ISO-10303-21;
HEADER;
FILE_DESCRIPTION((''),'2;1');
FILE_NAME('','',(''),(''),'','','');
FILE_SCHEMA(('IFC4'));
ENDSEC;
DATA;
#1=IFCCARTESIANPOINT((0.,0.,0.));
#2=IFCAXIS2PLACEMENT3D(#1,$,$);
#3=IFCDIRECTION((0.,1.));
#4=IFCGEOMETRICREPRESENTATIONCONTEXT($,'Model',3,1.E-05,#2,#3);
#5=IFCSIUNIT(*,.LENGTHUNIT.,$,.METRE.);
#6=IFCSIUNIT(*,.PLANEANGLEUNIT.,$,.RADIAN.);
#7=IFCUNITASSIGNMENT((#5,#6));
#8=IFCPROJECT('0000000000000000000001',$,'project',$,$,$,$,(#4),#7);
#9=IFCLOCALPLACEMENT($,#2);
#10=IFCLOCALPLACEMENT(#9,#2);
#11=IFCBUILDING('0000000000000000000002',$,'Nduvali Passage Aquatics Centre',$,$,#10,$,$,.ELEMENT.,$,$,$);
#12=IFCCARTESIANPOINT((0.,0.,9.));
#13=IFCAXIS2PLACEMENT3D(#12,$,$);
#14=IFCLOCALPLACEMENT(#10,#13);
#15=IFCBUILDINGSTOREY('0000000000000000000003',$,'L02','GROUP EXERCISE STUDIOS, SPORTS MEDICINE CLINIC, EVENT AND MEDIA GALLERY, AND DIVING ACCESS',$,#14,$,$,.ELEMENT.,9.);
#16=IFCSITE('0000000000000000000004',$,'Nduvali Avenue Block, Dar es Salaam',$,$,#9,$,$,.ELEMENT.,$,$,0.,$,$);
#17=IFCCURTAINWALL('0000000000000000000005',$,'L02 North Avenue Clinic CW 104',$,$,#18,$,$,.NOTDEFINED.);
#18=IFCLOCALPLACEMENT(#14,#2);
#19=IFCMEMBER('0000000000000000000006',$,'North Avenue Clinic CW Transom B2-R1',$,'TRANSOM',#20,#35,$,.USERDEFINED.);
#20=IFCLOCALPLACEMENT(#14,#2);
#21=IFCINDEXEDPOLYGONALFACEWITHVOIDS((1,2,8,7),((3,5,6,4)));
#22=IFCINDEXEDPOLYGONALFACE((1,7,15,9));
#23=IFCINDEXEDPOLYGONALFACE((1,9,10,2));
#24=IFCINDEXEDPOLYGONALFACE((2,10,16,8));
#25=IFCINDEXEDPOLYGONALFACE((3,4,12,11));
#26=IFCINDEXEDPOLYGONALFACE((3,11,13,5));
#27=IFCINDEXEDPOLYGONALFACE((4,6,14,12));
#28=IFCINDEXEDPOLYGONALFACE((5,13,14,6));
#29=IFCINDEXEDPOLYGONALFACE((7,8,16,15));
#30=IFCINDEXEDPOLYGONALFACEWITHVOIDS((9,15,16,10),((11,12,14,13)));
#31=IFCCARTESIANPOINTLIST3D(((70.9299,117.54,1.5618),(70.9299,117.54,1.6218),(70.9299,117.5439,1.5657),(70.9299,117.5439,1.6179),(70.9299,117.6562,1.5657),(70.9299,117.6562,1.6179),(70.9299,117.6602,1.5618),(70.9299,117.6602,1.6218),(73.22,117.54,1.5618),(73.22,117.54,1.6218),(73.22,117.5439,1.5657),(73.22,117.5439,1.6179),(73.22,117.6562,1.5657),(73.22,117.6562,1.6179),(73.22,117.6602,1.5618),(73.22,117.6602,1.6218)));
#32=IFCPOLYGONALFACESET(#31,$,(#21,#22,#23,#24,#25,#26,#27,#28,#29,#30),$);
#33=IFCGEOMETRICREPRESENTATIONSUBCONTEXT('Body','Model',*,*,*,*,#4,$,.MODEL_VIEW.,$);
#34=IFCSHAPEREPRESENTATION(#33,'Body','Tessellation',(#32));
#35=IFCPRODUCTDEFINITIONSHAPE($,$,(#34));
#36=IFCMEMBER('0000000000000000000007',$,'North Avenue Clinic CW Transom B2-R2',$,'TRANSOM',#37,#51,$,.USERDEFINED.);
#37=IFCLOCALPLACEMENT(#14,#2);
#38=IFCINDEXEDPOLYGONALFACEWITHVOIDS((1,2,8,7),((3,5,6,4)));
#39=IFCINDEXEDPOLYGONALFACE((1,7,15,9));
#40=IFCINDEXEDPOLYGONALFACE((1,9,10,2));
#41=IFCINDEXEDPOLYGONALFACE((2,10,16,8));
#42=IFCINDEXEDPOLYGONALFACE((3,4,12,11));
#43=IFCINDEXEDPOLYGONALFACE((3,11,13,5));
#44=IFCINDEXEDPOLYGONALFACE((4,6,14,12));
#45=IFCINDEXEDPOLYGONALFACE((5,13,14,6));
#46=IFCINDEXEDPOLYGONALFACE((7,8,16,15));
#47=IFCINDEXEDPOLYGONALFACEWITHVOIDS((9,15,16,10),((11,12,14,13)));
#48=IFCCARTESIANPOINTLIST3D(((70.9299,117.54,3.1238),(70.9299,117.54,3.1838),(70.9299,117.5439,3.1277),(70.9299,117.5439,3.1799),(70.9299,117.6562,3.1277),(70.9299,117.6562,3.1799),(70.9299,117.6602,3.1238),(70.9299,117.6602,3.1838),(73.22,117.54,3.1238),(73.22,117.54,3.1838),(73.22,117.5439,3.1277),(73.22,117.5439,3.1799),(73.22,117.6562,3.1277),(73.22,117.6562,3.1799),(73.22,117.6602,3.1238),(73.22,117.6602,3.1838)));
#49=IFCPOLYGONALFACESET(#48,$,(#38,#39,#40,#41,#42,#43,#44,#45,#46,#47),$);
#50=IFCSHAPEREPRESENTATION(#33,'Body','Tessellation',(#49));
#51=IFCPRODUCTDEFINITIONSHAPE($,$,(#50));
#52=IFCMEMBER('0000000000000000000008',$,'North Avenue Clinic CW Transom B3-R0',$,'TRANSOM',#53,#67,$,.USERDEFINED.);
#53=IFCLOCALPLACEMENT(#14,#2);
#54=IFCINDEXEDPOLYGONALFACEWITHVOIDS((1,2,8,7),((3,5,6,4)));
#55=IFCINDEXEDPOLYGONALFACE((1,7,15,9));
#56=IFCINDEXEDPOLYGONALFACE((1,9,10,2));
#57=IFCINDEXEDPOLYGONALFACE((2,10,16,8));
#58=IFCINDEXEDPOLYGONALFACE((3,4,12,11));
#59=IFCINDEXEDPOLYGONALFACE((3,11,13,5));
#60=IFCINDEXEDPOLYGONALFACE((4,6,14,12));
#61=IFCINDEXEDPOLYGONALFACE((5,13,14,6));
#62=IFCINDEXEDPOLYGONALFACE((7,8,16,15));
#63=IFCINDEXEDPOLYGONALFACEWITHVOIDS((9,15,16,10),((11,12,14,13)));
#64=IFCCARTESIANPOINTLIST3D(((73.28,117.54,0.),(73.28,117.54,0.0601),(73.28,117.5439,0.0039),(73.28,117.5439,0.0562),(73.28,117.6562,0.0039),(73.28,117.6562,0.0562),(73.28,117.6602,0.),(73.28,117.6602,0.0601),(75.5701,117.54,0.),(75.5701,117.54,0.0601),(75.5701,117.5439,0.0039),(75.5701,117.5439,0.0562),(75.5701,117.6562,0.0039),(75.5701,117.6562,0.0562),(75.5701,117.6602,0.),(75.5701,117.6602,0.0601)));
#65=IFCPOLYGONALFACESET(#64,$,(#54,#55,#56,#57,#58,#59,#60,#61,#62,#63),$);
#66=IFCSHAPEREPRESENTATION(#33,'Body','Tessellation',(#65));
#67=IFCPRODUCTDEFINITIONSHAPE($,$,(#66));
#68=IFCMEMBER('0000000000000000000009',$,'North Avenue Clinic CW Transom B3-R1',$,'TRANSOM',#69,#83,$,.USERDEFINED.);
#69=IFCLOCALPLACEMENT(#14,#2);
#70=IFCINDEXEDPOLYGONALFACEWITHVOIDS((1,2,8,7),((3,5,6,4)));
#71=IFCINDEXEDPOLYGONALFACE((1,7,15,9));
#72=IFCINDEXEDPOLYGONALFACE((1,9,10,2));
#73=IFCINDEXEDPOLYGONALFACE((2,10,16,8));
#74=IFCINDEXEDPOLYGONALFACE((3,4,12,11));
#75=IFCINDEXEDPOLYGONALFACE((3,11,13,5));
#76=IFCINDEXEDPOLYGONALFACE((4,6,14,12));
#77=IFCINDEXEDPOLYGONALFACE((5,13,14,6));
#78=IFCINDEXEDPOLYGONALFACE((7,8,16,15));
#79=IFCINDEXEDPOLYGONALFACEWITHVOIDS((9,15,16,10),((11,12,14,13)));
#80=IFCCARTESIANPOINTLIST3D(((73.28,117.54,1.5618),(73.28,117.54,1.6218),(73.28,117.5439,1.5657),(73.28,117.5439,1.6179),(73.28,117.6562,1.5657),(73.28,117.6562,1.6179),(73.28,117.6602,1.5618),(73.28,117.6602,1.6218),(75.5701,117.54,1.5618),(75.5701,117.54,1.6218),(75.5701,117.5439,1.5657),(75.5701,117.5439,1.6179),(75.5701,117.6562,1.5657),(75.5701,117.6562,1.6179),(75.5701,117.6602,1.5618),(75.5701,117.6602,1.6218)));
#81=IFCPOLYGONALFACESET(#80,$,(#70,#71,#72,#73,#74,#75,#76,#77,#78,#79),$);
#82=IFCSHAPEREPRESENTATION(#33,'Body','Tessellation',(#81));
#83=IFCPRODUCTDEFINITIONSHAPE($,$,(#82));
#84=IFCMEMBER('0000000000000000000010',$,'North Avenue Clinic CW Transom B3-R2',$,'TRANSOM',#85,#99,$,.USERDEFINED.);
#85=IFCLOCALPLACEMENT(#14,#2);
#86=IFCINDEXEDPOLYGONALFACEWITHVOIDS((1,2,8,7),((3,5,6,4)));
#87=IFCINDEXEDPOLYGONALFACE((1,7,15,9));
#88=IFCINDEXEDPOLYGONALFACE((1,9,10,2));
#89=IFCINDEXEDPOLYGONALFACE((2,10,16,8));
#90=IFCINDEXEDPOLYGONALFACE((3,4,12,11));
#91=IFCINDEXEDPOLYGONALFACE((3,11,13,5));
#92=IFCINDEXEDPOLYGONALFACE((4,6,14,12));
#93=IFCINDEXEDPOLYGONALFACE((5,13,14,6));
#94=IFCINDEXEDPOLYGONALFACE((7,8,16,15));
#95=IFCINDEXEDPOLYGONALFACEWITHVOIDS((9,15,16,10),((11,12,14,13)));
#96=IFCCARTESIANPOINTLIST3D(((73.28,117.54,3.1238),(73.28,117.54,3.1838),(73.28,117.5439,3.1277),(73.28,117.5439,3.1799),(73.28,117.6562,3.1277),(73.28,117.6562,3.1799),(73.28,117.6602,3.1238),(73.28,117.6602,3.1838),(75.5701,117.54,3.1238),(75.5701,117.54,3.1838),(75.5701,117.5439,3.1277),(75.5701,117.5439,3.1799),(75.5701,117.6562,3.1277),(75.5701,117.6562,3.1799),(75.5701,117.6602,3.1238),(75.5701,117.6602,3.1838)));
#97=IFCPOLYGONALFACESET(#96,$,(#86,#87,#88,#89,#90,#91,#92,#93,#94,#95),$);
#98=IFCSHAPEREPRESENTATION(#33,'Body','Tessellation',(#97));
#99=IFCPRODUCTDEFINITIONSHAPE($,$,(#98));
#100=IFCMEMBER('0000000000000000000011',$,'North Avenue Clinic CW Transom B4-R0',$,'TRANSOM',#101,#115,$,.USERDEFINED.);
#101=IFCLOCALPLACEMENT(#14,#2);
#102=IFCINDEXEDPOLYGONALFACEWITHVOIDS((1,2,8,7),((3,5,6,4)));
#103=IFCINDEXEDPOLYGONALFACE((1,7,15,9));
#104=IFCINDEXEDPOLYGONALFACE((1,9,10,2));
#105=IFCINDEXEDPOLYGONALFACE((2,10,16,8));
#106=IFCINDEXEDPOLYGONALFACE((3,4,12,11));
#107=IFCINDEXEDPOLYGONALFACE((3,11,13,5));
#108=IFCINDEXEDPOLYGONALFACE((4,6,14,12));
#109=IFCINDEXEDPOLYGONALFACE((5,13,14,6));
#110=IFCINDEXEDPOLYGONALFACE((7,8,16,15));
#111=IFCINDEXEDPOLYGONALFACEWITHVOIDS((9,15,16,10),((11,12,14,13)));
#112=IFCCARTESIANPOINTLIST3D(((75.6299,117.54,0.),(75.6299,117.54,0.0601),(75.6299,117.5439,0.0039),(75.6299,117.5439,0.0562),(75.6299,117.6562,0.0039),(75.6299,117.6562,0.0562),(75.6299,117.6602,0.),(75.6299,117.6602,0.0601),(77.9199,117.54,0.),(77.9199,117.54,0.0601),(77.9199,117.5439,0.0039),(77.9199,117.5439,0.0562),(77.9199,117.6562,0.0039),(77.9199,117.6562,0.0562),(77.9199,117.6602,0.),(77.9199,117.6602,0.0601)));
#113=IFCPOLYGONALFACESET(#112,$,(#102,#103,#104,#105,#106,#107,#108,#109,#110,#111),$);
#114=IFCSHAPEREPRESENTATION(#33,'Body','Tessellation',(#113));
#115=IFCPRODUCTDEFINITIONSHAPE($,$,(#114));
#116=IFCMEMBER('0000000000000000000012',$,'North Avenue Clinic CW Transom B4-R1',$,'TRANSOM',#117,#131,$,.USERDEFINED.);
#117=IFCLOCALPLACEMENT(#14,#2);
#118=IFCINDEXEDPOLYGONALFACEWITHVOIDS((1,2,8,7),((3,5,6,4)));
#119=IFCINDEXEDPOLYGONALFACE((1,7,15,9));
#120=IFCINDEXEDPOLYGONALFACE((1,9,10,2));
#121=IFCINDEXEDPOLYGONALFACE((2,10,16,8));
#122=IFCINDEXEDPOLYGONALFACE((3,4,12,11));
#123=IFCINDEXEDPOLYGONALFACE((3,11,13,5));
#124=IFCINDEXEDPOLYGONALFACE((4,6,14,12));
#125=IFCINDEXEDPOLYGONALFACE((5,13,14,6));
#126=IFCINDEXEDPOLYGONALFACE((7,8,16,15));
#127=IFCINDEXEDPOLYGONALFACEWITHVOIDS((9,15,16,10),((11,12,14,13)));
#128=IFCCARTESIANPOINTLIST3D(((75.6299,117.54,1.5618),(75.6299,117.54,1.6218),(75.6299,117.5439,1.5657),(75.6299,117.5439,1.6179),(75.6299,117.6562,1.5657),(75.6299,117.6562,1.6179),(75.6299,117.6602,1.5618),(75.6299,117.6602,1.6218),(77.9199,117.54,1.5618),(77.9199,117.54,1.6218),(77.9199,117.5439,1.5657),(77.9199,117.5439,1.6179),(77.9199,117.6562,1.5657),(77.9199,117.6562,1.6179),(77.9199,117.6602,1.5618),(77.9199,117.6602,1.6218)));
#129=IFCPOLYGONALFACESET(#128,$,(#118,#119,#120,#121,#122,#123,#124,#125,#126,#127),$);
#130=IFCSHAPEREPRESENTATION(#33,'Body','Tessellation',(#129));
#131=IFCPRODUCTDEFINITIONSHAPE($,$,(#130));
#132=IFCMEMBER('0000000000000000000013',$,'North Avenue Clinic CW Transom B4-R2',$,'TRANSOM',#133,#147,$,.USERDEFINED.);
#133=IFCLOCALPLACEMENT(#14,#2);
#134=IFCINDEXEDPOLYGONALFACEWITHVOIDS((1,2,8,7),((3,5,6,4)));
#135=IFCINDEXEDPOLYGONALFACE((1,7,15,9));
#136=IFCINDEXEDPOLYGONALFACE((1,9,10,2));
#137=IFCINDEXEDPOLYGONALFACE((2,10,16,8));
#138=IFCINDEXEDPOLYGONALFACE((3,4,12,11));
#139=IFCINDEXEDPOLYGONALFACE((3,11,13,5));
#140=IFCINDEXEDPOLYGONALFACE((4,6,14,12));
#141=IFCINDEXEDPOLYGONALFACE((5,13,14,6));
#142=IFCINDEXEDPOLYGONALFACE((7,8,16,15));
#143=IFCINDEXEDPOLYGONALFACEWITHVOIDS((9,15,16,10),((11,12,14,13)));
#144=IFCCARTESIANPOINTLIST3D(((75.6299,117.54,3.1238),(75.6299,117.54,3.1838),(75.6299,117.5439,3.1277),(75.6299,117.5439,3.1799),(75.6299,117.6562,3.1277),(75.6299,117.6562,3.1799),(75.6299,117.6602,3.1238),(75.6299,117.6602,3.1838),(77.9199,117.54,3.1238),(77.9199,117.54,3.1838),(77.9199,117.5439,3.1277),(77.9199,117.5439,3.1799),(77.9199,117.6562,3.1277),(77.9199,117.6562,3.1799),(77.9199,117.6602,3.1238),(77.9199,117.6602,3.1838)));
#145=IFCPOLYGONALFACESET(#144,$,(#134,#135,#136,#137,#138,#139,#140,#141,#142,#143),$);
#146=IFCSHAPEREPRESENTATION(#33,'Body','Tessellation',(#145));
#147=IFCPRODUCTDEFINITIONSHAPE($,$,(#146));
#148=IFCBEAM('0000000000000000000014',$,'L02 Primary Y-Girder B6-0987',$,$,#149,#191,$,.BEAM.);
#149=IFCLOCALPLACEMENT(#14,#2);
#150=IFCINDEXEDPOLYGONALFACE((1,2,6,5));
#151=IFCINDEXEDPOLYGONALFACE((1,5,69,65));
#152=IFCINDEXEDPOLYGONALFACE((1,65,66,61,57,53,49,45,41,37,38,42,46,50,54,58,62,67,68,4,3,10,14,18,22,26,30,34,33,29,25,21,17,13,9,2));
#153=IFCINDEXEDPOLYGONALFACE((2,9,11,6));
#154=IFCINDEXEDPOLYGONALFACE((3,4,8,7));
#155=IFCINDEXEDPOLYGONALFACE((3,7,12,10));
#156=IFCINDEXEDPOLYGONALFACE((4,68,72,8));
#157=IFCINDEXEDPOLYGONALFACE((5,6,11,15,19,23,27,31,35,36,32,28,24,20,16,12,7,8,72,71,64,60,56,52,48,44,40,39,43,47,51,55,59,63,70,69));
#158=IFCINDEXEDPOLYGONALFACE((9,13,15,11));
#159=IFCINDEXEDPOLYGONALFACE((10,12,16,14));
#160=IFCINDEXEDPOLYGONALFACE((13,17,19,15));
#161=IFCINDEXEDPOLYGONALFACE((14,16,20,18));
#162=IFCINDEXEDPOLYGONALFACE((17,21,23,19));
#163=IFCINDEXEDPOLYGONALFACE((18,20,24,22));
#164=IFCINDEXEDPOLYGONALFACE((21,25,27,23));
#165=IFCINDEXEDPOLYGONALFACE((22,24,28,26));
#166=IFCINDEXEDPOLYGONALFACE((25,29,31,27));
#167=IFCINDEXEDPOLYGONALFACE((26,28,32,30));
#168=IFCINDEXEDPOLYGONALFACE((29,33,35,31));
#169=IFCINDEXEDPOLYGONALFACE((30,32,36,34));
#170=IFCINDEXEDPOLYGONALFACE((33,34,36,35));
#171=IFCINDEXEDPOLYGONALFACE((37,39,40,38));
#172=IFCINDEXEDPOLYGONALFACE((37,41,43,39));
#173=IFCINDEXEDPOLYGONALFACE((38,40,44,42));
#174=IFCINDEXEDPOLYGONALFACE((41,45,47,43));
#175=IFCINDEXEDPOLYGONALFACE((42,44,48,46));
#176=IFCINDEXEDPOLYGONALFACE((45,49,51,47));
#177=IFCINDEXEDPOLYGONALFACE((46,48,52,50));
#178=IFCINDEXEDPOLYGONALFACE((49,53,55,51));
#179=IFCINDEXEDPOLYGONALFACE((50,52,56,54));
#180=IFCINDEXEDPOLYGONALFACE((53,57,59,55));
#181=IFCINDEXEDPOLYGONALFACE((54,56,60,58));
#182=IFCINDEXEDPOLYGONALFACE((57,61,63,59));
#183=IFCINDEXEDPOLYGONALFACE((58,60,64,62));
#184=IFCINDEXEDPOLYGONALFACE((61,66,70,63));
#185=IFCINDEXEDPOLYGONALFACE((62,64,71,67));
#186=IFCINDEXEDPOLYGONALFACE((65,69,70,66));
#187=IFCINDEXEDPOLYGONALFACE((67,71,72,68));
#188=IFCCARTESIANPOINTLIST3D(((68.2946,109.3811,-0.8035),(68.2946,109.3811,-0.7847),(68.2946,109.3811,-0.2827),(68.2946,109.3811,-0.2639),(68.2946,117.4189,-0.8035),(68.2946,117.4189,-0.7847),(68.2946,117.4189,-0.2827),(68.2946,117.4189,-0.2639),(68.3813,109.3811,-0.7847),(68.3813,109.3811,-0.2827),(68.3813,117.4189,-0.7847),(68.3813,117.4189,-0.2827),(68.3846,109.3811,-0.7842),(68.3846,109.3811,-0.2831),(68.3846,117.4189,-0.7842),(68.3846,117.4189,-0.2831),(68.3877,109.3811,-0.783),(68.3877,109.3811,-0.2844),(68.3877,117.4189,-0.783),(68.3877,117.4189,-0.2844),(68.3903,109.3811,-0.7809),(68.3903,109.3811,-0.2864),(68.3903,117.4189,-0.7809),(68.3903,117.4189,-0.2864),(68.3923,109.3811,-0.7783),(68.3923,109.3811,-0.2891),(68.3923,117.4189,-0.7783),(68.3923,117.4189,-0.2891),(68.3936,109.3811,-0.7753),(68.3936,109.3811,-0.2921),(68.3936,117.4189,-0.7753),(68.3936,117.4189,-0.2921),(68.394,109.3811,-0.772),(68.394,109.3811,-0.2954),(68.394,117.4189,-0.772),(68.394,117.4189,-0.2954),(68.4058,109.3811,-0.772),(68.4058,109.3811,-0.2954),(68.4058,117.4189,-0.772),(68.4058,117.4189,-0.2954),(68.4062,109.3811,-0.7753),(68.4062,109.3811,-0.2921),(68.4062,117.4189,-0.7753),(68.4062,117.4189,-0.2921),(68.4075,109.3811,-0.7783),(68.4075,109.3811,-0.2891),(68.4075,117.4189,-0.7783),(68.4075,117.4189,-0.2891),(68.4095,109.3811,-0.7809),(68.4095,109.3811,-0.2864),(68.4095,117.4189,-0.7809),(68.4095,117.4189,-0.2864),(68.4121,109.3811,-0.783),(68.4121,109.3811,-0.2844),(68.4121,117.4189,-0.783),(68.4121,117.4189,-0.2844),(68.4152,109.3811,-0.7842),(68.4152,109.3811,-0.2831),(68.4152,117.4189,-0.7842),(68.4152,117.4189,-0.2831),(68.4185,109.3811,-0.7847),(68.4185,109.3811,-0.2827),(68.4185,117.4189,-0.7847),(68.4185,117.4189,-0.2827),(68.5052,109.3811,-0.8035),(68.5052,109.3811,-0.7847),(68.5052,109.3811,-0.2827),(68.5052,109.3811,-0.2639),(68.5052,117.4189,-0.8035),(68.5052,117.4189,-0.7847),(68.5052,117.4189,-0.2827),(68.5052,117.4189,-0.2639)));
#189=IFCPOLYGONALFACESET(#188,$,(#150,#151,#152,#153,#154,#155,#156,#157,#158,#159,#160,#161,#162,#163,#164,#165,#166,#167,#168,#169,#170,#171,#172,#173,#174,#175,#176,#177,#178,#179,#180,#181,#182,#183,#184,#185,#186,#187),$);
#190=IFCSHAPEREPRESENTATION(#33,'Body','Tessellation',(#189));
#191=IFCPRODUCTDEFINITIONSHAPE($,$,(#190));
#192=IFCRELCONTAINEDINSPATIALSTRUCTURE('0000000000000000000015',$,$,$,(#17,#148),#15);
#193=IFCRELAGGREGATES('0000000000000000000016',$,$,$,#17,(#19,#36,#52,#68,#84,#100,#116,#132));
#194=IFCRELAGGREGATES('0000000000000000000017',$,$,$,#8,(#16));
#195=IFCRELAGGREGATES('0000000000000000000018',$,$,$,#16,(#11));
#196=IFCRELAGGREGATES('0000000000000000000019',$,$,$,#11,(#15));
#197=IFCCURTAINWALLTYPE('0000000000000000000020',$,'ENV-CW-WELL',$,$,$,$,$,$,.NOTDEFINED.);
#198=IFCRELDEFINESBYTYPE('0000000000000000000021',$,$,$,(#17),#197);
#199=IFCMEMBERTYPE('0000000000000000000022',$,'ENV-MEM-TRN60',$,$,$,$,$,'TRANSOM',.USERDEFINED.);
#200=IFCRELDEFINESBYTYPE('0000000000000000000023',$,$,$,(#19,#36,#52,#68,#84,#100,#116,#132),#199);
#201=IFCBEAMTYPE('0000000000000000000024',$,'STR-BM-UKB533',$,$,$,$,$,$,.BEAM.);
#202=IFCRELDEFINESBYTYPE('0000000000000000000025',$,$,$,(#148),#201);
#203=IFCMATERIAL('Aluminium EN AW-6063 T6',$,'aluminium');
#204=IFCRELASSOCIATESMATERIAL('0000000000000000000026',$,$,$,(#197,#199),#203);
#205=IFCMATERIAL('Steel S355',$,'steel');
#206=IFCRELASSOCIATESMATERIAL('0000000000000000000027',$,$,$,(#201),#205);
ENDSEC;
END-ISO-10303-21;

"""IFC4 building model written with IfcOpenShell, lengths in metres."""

from ifc_helpers import new_model, si_unit, direction, frame, origin, origin_2d, place, context, subcontext, project, spatial, hollow_rectangle, i_section, extrude, material, material_profile, profile_set, type_object, element, aggregate, save


model = new_model("IFC4")

# Units and contexts
model_context = context("Model", 3, precision=1e-05, world=origin(), true_north=direction((0.0, 1.0)))
body_context = subcontext(model_context, "Body", "Model", "MODEL_VIEW")
ifc_project = project(units=[si_unit("LENGTHUNIT", "METRE"), si_unit("PLANEANGLEUNIT", "RADIAN")], contexts=[model_context])

# Site, building, storey
site_placement = place(None, origin())
site = spatial("IfcSite", under=ifc_project, at=site_placement, Name="Nduvali Avenue Block, Dar es Salaam", CompositionType="ELEMENT", RefElevation=0.0)
building_placement = place(site_placement, origin())
building = spatial("IfcBuilding", under=site, at=building_placement, Name="Nduvali Passage Aquatics Centre", CompositionType="ELEMENT")
storey_placement = place(building_placement, frame((0.0, 0.0, 9.0)))
storey = spatial("IfcBuildingStorey", under=building, at=storey_placement, Name="L02", Description="GROUP EXERCISE STUDIOS, SPORTS MEDICINE CLINIC, EVENT AND MEDIA GALLERY, AND DIVING ACCESS", CompositionType="ELEMENT", Elevation=9.0)

# Shared definitions
ifc_material_1 = material(Name="Steel S355", Category="steel")

# Curtain wall, members
ifc_material_2 = material(Name="Aluminium EN AW-6063 T6", Category="aluminium")
curtain_wall_type = type_object("IfcCurtainWallType", Name="ENV-CW-WELL", PredefinedType="NOTDEFINED", material=ifc_material_2)
curtain_wall_placement = place(storey_placement, origin())
curtain_wall = element("IfcCurtainWall", 1, at=curtain_wall_placement, inside=storey, type_object=curtain_wall_type, Name="L02 North Avenue Clinic CW 104", PredefinedType="NOTDEFINED")
ifc_material_profile_1 = material_profile(ifc_material_2, hollow_rectangle(XDim=0.1201, YDim=0.0601, WallThickness=0.0039, at=origin_2d()), Name="ALU TRANSOM 120x60x4")
ifc_profile_set_1 = profile_set([ifc_material_profile_1], Name="Aluminium EN AW-6063 T6")
member_type_1 = type_object("IfcMemberType", Name="ENV-MEM-TRN60", ElementType="TRANSOM", PredefinedType="USERDEFINED", material=ifc_profile_set_1)
member_1_placement = place(storey_placement, frame((70.9299, 117.6001, 1.5918), z_axis=(1.0, 0.0, 0.0), x_axis=(0.0, 1.0, 0.0)))
member_1 = element("IfcMember", 2, at=member_1_placement, type_object=member_type_1, Name="North Avenue Clinic CW Transom B2-R1", ObjectType="TRANSOM", PredefinedType="USERDEFINED", context=body_context, shape_type="SweptSolid", body=[
    extrude(hollow_rectangle(XDim=0.1201, YDim=0.0601, WallThickness=0.0039, at=origin_2d()), origin(), (0.0, 0.0, 1.0), 2.29),
])
member_2_placement = place(storey_placement, frame((70.9299, 117.6001, 3.1538), z_axis=(1.0, 0.0, 0.0), x_axis=(0.0, 1.0, 0.0)))
member_2 = element("IfcMember", 3, at=member_2_placement, type_object=member_type_1, Name="North Avenue Clinic CW Transom B2-R2", ObjectType="TRANSOM", PredefinedType="USERDEFINED", context=body_context, shape_type="SweptSolid", body=[
    extrude(hollow_rectangle(XDim=0.1201, YDim=0.0601, WallThickness=0.0039, at=origin_2d()), origin(), (0.0, 0.0, 1.0), 2.29),
])
member_3_placement = place(storey_placement, frame((73.28, 117.6001, 0.03), z_axis=(1.0, 0.0, 0.0), x_axis=(0.0, 1.0, 0.0)))
member_3 = element("IfcMember", 4, at=member_3_placement, type_object=member_type_1, Name="North Avenue Clinic CW Transom B3-R0", ObjectType="TRANSOM", PredefinedType="USERDEFINED", context=body_context, shape_type="SweptSolid", body=[
    extrude(hollow_rectangle(XDim=0.1201, YDim=0.0601, WallThickness=0.0039, at=origin_2d()), origin(), (0.0, 0.0, 1.0), 2.29),
])
member_4_placement = place(storey_placement, frame((73.28, 117.6001, 1.5918), z_axis=(1.0, 0.0, 0.0), x_axis=(0.0, 1.0, 0.0)))
member_4 = element("IfcMember", 5, at=member_4_placement, type_object=member_type_1, Name="North Avenue Clinic CW Transom B3-R1", ObjectType="TRANSOM", PredefinedType="USERDEFINED", context=body_context, shape_type="SweptSolid", body=[
    extrude(hollow_rectangle(XDim=0.1201, YDim=0.0601, WallThickness=0.0039, at=origin_2d()), origin(), (0.0, 0.0, 1.0), 2.29),
])
member_5_placement = place(storey_placement, frame((73.28, 117.6001, 3.1538), z_axis=(1.0, 0.0, 0.0), x_axis=(0.0, 1.0, 0.0)))
member_5 = element("IfcMember", 6, at=member_5_placement, type_object=member_type_1, Name="North Avenue Clinic CW Transom B3-R2", ObjectType="TRANSOM", PredefinedType="USERDEFINED", context=body_context, shape_type="SweptSolid", body=[
    extrude(hollow_rectangle(XDim=0.1201, YDim=0.0601, WallThickness=0.0039, at=origin_2d()), origin(), (0.0, 0.0, 1.0), 2.29),
])
member_6_placement = place(storey_placement, frame((75.6299, 117.6001, 0.03), z_axis=(1.0, 0.0, 0.0), x_axis=(0.0, 1.0, 0.0)))
member_6 = element("IfcMember", 7, at=member_6_placement, type_object=member_type_1, Name="North Avenue Clinic CW Transom B4-R0", ObjectType="TRANSOM", PredefinedType="USERDEFINED", context=body_context, shape_type="SweptSolid", body=[
    extrude(hollow_rectangle(XDim=0.1201, YDim=0.0601, WallThickness=0.0039, at=origin_2d()), origin(), (0.0, 0.0, 1.0), 2.29),
])
member_7_placement = place(storey_placement, frame((75.6299, 117.6001, 1.5918), z_axis=(1.0, 0.0, 0.0), x_axis=(0.0, 1.0, 0.0)))
member_7 = element("IfcMember", 8, at=member_7_placement, type_object=member_type_1, Name="North Avenue Clinic CW Transom B4-R1", ObjectType="TRANSOM", PredefinedType="USERDEFINED", context=body_context, shape_type="SweptSolid", body=[
    extrude(hollow_rectangle(XDim=0.1201, YDim=0.0601, WallThickness=0.0039, at=origin_2d()), origin(), (0.0, 0.0, 1.0), 2.29),
])
member_8_placement = place(storey_placement, frame((75.6299, 117.6001, 3.1538), z_axis=(1.0, 0.0, 0.0), x_axis=(0.0, 1.0, 0.0)))
member_8 = element("IfcMember", 9, at=member_8_placement, type_object=member_type_1, Name="North Avenue Clinic CW Transom B4-R2", ObjectType="TRANSOM", PredefinedType="USERDEFINED", context=body_context, shape_type="SweptSolid", body=[
    extrude(hollow_rectangle(XDim=0.1201, YDim=0.0601, WallThickness=0.0039, at=origin_2d()), origin(), (0.0, 0.0, 1.0), 2.29),
])

# Beam
ifc_material_profile_2 = material_profile(ifc_material_1, i_section(OverallWidth=0.2107, OverallDepth=0.5396, WebThickness=0.0117, FlangeThickness=0.0188, FilletRadius=0.0127, at=origin_2d()), Name="UKB 533x210x109")
ifc_profile_set_2 = profile_set([ifc_material_profile_2], Name="Steel S355")
beam_type_1 = type_object("IfcBeamType", Name="STR-BM-UKB533", PredefinedType="BEAM", material=ifc_profile_set_2)
beam_1_placement = place(storey_placement, frame((68.3999, 109.3811, -0.5337), z_axis=(0.0, 1.0, 0.0), x_axis=(-1.0, 0.0, 0.0)))
element("IfcBeam", 10, at=beam_1_placement, inside=storey, type_object=beam_type_1, Name="L02 Primary Y-Girder B6-0987", PredefinedType="BEAM", context=body_context, shape_type="SweptSolid", body=[
    extrude(i_section(OverallWidth=0.2107, OverallDepth=0.5396, WebThickness=0.0117, FlangeThickness=0.0188, FilletRadius=0.0127, at=origin_2d()), origin(), (0.0, 0.0, 1.0), 8.0378),
])

aggregate(curtain_wall, [member_1, member_2, member_3, member_4, member_5, member_6, member_7, member_8])

save(model, "model.ifc")
